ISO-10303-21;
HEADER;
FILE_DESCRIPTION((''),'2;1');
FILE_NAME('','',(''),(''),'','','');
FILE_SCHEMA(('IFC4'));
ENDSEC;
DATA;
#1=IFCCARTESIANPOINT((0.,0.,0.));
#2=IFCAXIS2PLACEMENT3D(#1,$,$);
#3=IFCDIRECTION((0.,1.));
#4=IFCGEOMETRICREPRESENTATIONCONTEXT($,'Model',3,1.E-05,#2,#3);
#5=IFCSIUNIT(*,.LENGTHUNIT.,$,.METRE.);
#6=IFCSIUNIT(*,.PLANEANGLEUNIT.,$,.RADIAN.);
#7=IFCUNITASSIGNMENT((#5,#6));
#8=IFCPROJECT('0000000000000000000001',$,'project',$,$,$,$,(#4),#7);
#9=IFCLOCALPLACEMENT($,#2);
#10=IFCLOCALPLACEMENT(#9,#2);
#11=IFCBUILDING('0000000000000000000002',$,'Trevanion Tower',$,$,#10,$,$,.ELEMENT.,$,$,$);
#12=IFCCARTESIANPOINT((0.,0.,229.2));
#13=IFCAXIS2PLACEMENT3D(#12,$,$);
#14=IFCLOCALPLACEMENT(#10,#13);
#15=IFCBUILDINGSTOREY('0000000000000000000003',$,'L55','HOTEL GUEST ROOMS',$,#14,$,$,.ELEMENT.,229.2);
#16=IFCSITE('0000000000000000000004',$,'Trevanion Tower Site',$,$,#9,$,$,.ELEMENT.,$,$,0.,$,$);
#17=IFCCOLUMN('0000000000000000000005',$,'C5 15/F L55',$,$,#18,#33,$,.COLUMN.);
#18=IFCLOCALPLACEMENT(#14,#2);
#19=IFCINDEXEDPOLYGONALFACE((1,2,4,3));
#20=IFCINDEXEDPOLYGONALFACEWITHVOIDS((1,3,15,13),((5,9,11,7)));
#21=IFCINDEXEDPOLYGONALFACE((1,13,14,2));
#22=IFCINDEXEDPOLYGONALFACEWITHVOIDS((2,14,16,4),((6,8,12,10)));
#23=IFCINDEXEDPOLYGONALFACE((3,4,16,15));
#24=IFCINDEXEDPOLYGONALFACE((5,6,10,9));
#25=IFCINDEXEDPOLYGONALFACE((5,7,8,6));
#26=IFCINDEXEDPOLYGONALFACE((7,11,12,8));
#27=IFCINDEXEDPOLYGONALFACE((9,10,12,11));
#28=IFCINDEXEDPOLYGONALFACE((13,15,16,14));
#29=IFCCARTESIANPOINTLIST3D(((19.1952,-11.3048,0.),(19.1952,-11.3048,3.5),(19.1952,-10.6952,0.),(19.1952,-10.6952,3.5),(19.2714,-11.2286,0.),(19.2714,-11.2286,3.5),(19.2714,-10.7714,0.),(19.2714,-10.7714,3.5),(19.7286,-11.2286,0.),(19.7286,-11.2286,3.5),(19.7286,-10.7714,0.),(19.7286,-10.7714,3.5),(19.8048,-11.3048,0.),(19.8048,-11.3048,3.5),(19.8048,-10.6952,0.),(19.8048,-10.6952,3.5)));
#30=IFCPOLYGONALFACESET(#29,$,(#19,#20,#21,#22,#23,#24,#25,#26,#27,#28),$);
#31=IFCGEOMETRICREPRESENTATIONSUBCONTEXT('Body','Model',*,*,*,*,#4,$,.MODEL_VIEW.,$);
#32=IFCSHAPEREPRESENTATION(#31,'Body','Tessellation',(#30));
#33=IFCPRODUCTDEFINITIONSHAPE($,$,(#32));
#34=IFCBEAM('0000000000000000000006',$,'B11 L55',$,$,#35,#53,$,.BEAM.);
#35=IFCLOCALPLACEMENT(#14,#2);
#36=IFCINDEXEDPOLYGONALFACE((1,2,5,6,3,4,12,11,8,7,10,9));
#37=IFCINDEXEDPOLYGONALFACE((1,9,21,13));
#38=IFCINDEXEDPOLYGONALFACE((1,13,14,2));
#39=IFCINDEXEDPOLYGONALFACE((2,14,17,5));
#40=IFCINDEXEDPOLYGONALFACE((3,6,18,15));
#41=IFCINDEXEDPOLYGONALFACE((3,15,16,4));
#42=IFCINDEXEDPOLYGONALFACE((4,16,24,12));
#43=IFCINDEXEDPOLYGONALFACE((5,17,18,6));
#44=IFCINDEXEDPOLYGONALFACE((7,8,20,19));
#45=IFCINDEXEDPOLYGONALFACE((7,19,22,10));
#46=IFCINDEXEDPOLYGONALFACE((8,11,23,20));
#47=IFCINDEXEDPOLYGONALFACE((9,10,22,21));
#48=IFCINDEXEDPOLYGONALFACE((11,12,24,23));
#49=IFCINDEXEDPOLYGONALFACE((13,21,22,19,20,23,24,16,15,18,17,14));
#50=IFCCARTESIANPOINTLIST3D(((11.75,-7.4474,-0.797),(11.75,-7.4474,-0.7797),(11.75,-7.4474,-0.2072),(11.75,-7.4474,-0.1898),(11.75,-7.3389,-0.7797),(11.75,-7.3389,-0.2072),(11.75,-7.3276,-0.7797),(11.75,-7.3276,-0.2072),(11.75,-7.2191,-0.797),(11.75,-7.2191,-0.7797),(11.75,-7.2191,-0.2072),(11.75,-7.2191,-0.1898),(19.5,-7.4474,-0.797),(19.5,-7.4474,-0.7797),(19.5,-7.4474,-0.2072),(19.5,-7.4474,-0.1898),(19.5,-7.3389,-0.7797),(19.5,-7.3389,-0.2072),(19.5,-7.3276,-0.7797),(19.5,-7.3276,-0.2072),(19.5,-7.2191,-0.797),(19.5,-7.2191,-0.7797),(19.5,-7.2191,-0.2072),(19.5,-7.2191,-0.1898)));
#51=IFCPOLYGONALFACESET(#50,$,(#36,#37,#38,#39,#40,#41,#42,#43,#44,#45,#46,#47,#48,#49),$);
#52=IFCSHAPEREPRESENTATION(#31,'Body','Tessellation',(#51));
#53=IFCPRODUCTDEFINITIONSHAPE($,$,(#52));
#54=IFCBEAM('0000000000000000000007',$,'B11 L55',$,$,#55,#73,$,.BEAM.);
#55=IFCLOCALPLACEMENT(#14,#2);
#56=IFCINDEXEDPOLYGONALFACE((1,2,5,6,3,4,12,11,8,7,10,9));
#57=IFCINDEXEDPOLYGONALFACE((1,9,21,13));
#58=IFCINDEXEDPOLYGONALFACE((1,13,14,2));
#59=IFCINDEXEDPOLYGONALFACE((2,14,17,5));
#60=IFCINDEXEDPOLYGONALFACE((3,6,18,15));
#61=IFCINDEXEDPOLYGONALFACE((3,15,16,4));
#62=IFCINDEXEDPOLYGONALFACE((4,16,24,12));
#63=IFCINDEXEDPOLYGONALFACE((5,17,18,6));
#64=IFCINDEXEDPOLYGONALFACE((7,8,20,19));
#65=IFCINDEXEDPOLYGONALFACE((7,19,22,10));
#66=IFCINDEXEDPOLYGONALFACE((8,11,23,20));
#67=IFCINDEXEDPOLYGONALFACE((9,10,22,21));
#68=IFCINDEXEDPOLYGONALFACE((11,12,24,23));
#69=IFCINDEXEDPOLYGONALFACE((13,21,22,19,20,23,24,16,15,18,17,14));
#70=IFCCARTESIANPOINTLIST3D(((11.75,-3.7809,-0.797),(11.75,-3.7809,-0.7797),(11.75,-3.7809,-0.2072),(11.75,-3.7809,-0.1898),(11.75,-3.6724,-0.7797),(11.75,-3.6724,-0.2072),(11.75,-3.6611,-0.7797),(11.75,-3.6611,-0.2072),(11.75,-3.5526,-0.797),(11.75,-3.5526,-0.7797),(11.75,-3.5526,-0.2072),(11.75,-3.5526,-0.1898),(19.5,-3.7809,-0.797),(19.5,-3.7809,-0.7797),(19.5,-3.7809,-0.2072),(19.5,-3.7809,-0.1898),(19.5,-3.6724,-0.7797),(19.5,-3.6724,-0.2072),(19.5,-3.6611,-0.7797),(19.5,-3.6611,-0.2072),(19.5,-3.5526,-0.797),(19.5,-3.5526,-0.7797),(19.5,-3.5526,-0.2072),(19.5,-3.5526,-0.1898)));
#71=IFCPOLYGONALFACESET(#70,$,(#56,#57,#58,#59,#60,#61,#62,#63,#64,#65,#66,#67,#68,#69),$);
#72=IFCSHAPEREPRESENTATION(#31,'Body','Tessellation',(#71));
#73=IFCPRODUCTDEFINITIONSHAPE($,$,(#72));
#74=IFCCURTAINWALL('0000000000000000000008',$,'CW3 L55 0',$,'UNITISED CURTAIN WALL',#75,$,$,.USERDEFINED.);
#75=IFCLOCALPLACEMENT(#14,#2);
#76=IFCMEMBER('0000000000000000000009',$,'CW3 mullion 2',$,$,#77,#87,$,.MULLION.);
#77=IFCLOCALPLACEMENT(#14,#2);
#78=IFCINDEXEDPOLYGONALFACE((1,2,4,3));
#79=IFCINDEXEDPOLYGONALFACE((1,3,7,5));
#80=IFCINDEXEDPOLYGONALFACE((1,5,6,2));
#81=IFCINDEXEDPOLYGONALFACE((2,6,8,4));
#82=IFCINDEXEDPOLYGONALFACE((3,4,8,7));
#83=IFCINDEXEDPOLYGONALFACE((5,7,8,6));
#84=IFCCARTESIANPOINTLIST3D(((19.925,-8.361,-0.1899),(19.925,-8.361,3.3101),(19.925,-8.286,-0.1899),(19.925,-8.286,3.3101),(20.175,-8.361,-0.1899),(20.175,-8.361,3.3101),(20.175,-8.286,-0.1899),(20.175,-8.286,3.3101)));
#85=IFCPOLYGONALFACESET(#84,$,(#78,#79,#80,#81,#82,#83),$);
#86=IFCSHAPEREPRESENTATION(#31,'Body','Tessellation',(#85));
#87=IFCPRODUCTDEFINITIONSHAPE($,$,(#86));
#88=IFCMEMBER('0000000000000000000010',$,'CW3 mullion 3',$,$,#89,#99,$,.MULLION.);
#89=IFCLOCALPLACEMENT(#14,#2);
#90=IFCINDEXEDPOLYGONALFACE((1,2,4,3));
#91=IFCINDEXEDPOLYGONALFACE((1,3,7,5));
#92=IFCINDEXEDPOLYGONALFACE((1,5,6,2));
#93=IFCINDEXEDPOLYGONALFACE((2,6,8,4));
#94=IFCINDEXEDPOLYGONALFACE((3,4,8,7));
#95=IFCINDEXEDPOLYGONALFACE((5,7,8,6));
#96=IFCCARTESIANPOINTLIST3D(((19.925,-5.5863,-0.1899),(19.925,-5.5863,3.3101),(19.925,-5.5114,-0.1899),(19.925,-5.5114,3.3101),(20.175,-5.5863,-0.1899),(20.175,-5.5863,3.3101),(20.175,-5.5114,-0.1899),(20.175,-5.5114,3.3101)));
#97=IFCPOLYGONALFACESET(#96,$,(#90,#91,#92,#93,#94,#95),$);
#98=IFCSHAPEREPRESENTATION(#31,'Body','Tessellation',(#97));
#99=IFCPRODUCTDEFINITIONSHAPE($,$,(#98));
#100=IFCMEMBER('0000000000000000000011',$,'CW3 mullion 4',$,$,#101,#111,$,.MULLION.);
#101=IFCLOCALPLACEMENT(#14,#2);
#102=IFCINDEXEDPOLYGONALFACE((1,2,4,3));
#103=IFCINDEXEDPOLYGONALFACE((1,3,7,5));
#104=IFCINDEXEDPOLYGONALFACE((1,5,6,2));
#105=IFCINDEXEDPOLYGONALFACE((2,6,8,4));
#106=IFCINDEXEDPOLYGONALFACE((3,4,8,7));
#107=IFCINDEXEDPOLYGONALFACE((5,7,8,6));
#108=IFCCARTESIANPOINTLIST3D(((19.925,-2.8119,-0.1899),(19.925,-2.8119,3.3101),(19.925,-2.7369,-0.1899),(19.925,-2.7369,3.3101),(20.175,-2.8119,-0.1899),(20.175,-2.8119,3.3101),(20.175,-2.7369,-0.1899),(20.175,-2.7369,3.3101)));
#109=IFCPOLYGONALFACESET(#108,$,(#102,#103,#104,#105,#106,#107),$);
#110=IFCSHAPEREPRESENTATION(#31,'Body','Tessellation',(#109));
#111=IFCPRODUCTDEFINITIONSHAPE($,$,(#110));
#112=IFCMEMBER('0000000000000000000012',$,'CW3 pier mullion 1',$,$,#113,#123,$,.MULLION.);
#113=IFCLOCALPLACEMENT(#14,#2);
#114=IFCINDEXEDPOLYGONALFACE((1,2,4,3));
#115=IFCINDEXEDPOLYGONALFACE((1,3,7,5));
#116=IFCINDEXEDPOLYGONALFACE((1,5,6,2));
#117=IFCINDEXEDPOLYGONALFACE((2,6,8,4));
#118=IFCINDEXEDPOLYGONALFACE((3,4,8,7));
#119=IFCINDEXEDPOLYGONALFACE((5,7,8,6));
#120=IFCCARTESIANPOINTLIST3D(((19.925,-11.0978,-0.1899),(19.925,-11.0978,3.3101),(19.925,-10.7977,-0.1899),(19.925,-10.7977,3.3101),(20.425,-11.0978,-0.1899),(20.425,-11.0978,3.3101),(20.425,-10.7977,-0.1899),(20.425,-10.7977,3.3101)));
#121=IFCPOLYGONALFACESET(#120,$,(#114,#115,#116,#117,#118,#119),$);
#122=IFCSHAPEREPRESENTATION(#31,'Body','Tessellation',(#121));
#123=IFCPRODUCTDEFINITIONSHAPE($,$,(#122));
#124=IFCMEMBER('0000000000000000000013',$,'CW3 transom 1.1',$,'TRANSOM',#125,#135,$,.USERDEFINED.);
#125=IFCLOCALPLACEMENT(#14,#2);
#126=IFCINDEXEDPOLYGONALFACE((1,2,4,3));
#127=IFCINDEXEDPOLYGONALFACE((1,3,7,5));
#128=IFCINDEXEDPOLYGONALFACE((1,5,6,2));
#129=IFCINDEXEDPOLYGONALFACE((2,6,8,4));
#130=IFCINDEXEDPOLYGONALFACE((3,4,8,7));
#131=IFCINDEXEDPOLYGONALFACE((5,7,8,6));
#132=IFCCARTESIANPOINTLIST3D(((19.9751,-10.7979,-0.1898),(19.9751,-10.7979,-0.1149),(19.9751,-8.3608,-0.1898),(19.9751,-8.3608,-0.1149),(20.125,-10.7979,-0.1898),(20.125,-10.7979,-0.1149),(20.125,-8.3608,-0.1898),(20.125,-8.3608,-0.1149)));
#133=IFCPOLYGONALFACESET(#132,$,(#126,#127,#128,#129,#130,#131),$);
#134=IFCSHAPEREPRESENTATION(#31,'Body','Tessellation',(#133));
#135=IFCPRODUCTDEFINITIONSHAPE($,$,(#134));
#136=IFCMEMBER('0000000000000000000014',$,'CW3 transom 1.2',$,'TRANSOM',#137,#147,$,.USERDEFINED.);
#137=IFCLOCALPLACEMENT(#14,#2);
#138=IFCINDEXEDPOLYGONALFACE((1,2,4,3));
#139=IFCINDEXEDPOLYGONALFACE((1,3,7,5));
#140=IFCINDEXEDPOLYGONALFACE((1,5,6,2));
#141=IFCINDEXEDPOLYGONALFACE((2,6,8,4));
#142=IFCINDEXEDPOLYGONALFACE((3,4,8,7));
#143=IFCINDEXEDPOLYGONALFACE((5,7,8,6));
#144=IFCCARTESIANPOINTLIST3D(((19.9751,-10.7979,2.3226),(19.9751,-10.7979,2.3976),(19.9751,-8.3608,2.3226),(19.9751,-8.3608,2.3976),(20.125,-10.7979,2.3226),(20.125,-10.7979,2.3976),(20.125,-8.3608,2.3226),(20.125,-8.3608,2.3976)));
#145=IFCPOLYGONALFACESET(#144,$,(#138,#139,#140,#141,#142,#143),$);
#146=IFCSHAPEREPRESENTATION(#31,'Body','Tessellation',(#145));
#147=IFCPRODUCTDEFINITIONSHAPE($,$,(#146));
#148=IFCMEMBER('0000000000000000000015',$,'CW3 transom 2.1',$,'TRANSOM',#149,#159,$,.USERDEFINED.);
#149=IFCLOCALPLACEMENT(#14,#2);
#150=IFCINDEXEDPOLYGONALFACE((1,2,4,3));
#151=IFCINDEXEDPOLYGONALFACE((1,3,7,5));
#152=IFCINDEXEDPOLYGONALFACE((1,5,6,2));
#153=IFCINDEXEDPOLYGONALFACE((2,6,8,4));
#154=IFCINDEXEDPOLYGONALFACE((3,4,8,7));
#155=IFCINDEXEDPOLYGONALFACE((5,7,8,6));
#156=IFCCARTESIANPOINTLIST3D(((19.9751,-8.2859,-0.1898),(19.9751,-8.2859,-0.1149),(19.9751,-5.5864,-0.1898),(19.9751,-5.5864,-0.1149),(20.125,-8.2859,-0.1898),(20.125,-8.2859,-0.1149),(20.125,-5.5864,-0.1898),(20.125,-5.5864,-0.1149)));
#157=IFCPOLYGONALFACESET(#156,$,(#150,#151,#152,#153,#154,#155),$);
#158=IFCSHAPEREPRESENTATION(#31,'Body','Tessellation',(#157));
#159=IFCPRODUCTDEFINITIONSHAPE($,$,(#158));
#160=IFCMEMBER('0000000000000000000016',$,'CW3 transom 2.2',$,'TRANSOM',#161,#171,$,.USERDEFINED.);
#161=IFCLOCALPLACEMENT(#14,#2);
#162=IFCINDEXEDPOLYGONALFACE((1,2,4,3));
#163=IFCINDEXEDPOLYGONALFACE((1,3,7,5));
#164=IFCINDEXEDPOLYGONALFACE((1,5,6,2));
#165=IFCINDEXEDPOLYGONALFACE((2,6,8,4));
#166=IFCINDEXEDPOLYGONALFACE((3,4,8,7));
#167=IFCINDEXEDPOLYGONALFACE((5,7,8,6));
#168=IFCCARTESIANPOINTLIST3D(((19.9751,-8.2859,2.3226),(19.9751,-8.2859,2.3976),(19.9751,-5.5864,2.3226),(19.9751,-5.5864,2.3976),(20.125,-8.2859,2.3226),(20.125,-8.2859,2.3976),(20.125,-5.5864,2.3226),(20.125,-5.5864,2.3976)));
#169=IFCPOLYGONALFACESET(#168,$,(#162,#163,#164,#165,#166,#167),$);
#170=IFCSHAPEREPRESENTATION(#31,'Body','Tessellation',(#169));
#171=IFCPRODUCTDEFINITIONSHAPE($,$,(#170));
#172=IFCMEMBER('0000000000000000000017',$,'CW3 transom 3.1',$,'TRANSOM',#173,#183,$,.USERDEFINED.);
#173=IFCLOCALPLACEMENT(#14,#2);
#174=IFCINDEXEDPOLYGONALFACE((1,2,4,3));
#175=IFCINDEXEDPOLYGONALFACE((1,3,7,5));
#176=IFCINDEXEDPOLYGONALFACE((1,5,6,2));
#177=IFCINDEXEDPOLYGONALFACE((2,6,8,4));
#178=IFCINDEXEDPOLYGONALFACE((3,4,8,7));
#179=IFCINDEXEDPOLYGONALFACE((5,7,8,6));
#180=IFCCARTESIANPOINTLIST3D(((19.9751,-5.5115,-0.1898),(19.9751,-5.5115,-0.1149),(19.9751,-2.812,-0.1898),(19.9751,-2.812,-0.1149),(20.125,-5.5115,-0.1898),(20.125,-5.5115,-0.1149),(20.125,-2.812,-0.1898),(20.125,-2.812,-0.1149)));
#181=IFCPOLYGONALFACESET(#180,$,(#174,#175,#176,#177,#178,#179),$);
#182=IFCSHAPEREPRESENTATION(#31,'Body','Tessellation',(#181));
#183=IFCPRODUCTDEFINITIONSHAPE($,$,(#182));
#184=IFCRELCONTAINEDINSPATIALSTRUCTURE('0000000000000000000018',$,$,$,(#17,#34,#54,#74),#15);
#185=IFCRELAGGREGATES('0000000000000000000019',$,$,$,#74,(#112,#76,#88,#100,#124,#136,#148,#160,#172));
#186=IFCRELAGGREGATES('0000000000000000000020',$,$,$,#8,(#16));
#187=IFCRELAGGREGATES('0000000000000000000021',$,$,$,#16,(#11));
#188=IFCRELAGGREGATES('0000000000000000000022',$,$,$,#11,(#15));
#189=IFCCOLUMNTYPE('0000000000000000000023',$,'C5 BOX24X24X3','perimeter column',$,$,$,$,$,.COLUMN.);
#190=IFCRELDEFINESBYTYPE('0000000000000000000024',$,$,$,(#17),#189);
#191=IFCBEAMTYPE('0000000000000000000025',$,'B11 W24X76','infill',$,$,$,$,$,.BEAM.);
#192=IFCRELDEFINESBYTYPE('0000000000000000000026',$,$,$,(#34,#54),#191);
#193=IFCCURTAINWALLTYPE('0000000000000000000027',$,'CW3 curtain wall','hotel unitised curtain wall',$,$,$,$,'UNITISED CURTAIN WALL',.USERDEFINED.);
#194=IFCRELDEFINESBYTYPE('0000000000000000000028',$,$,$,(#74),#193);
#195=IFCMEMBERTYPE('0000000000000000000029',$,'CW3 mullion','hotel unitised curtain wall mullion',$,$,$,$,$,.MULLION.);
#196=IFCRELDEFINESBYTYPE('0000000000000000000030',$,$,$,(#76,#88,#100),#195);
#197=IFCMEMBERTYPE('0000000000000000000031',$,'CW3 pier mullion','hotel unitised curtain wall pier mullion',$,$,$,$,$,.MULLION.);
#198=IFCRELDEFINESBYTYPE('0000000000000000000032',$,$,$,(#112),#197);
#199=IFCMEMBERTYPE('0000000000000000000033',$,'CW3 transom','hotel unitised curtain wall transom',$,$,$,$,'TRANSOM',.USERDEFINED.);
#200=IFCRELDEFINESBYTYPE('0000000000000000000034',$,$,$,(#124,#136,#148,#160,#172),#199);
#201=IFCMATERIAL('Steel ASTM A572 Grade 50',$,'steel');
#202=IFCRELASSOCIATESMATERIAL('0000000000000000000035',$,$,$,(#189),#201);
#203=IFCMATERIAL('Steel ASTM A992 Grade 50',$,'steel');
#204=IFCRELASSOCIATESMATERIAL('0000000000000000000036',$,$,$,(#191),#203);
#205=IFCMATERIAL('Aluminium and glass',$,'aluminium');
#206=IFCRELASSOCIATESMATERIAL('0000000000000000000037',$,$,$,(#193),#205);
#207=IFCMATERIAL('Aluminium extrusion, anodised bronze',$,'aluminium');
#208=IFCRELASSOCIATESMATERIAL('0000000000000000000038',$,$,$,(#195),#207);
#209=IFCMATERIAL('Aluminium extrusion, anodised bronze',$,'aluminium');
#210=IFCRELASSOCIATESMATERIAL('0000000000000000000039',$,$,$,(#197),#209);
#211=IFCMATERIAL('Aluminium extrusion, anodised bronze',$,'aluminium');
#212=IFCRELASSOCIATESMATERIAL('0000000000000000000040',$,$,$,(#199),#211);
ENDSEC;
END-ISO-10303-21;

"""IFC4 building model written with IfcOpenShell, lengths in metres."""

from ifc_helpers import new_model, si_unit, direction, frame, origin, origin_2d, place, context, subcontext, project, spatial, rectangle, hollow_rectangle, i_section, extrude, material, material_profile, profile_set, type_object, element, aggregate, save


model = new_model("IFC4")

# Units and contexts
model_context = context("Model", 3, precision=1e-05, world=origin(), true_north=direction((0.0, 1.0)))
body_context = subcontext(model_context, "Body", "Model", "MODEL_VIEW")
ifc_project = project(units=[si_unit("LENGTHUNIT", "METRE"), si_unit("PLANEANGLEUNIT", "RADIAN")], contexts=[model_context])

# Site, building, storey
site_placement = place(None, origin())
site = spatial("IfcSite", under=ifc_project, at=site_placement, Name="Trevanion Tower Site", CompositionType="ELEMENT", RefElevation=0.0)
building_placement = place(site_placement, origin())
building = spatial("IfcBuilding", under=site, at=building_placement, Name="Trevanion Tower", CompositionType="ELEMENT")
storey_placement = place(building_placement, frame((0.0, 0.0, 229.2)))
storey = spatial("IfcBuildingStorey", under=building, at=storey_placement, Name="L55", Description="HOTEL GUEST ROOMS", CompositionType="ELEMENT", Elevation=229.2)

# Column
ifc_material_1 = material(Name="Steel ASTM A572 Grade 50", Category="steel")
ifc_material_profile_1 = material_profile(ifc_material_1, hollow_rectangle(XDim=0.6096, YDim=0.6096, WallThickness=0.0762, at=origin_2d()), Name="BOX24X24X3")
ifc_profile_set_1 = profile_set([ifc_material_profile_1], Name="Steel ASTM A572 Grade 50")
column_type = type_object("IfcColumnType", Name="C5 BOX24X24X3", Description="perimeter column", PredefinedType="COLUMN", material=ifc_profile_set_1)
column_placement = place(storey_placement, frame((19.5, -11.0, 0.0), z_axis=(0.0, 0.0, 1.0), x_axis=(0.0, 1.0, 0.0)))
element("IfcColumn", 1, at=column_placement, inside=storey, type_object=column_type, Name="C5 15/F L55", PredefinedType="COLUMN", context=body_context, shape_type="SweptSolid", body=[
    extrude(hollow_rectangle(XDim=0.6096, YDim=0.6096, WallThickness=0.0762, at=origin_2d()), origin(), (0.0, 0.0, 1.0), 3.5),
])

# Beams
ifc_material_2 = material(Name="Steel ASTM A992 Grade 50", Category="steel")
ifc_material_profile_2 = material_profile(ifc_material_2, i_section(OverallWidth=0.2283, OverallDepth=0.6072, WebThickness=0.0112, FlangeThickness=0.0173, at=origin_2d()), Name="W24X76")
ifc_profile_set_2 = profile_set([ifc_material_profile_2], Name="Steel ASTM A992 Grade 50")
beam_type_1 = type_object("IfcBeamType", Name="B11 W24X76", Description="infill", PredefinedType="BEAM", material=ifc_profile_set_2)
for number, where, z_axis, x_axis, name in (
    (2, (11.75, -7.3333, -0.4934), (1.0, 0.0, 0.0), (0.0, 1.0, 0.0), "B11 L55"),
    (3, (11.75, -3.6667, -0.4934), (1.0, 0.0, 0.0), (0.0, 1.0, 0.0), "B11 L55"),
):
    element("IfcBeam", number, at=place(storey_placement, frame(where, z_axis=z_axis, x_axis=x_axis)), inside=storey, type_object=beam_type_1, Name=name, PredefinedType="BEAM", context=body_context, shape_type="SweptSolid", body=[
        extrude(i_section(OverallWidth=0.2283, OverallDepth=0.6072, WebThickness=0.0112, FlangeThickness=0.0173, at=origin_2d()), origin(), (0.0, 0.0, 1.0), 7.75),
    ])

# Curtain wall, members
ifc_material_3 = material(Name="Aluminium and glass", Category="aluminium")
curtain_wall_type = type_object("IfcCurtainWallType", Name="CW3 curtain wall", Description="hotel unitised curtain wall", ElementType="UNITISED CURTAIN WALL", PredefinedType="USERDEFINED", material=ifc_material_3)
curtain_wall_placement = place(storey_placement, origin())
curtain_wall = element("IfcCurtainWall", 4, at=curtain_wall_placement, inside=storey, type_object=curtain_wall_type, Name="CW3 L55 0", ObjectType="UNITISED CURTAIN WALL", PredefinedType="USERDEFINED")
ifc_material_4 = material(Name="Aluminium extrusion, anodised bronze", Category="aluminium")
ifc_material_profile_3 = material_profile(ifc_material_4, rectangle(XDim=0.075, YDim=0.25, at=origin_2d()), Name="CW3 mullion")
ifc_profile_set_3 = profile_set([ifc_material_profile_3], Name="Aluminium extrusion, anodised bronze")
member_type_1 = type_object("IfcMemberType", Name="CW3 mullion", Description="hotel unitised curtain wall mullion", PredefinedType="MULLION", material=ifc_profile_set_3)
member_1_placement = place(storey_placement, frame((20.05, -8.3235, -0.1899), z_axis=(0.0, 0.0, 1.0), x_axis=(0.0, 1.0, 0.0)))
member_1 = element("IfcMember", 5, at=member_1_placement, type_object=member_type_1, Name="CW3 mullion 2", PredefinedType="MULLION", context=body_context, shape_type="SweptSolid", body=[
    extrude(rectangle(XDim=0.075, YDim=0.25, at=origin_2d()), origin(), (0.0, 0.0, 1.0), 3.5),
])
member_2_placement = place(storey_placement, frame((20.05, -5.5488, -0.1899), z_axis=(0.0, 0.0, 1.0), x_axis=(0.0, 1.0, 0.0)))
member_2 = element("IfcMember", 6, at=member_2_placement, type_object=member_type_1, Name="CW3 mullion 3", PredefinedType="MULLION", context=body_context, shape_type="SweptSolid", body=[
    extrude(rectangle(XDim=0.075, YDim=0.25, at=origin_2d()), origin(), (0.0, 0.0, 1.0), 3.5),
])
member_3_placement = place(storey_placement, frame((20.05, -2.7744, -0.1899), z_axis=(0.0, 0.0, 1.0), x_axis=(0.0, 1.0, 0.0)))
member_3 = element("IfcMember", 7, at=member_3_placement, type_object=member_type_1, Name="CW3 mullion 4", PredefinedType="MULLION", context=body_context, shape_type="SweptSolid", body=[
    extrude(rectangle(XDim=0.075, YDim=0.25, at=origin_2d()), origin(), (0.0, 0.0, 1.0), 3.5),
])
ifc_material_5 = material(Name="Aluminium extrusion, anodised bronze", Category="aluminium")
ifc_material_profile_4 = material_profile(ifc_material_5, rectangle(XDim=0.3, YDim=0.5, at=origin_2d()), Name="CW3 pier mullion")
ifc_profile_set_4 = profile_set([ifc_material_profile_4], Name="Aluminium extrusion, anodised bronze")
member_type_2 = type_object("IfcMemberType", Name="CW3 pier mullion", Description="hotel unitised curtain wall pier mullion", PredefinedType="MULLION", material=ifc_profile_set_4)
member_4_placement = place(storey_placement, frame((20.175, -10.9478, -0.1899), z_axis=(0.0, 0.0, 1.0), x_axis=(0.0, 1.0, 0.0)))
member_4 = element("IfcMember", 8, at=member_4_placement, type_object=member_type_2, Name="CW3 pier mullion 1", PredefinedType="MULLION", context=body_context, shape_type="SweptSolid", body=[
    extrude(rectangle(XDim=0.3, YDim=0.5, at=origin_2d()), origin(), (0.0, 0.0, 1.0), 3.5),
])
ifc_material_6 = material(Name="Aluminium extrusion, anodised bronze", Category="aluminium")
ifc_material_profile_5 = material_profile(ifc_material_6, rectangle(XDim=0.1499, YDim=0.075, at=origin_2d()), Name="CW3 transom")
ifc_profile_set_5 = profile_set([ifc_material_profile_5], Name="Aluminium extrusion, anodised bronze")
member_type_3 = type_object("IfcMemberType", Name="CW3 transom", Description="hotel unitised curtain wall transom", ElementType="TRANSOM", PredefinedType="USERDEFINED", material=ifc_profile_set_5)
member_5_placement = place(storey_placement, frame((20.05, -10.7979, -0.1523), z_axis=(0.0, 1.0, 0.0), x_axis=(-1.0, 0.0, 0.0)))
member_5 = element("IfcMember", 9, at=member_5_placement, type_object=member_type_3, Name="CW3 transom 1.1", ObjectType="TRANSOM", PredefinedType="USERDEFINED", context=body_context, shape_type="SweptSolid", body=[
    extrude(rectangle(XDim=0.1499, YDim=0.075, at=origin_2d()), origin(), (0.0, 0.0, 1.0), 2.437),
])
member_6_placement = place(storey_placement, frame((20.05, -10.7979, 2.3601), z_axis=(0.0, 1.0, 0.0), x_axis=(-1.0, 0.0, 0.0)))
member_6 = element("IfcMember", 10, at=member_6_placement, type_object=member_type_3, Name="CW3 transom 1.2", ObjectType="TRANSOM", PredefinedType="USERDEFINED", context=body_context, shape_type="SweptSolid", body=[
    extrude(rectangle(XDim=0.1499, YDim=0.075, at=origin_2d()), origin(), (0.0, 0.0, 1.0), 2.437),
])
member_7_placement = place(storey_placement, frame((20.05, -8.2859, -0.1523), z_axis=(0.0, 1.0, 0.0), x_axis=(-1.0, 0.0, 0.0)))
member_7 = element("IfcMember", 11, at=member_7_placement, type_object=member_type_3, Name="CW3 transom 2.1", ObjectType="TRANSOM", PredefinedType="USERDEFINED", context=body_context, shape_type="SweptSolid", body=[
    extrude(rectangle(XDim=0.1499, YDim=0.075, at=origin_2d()), origin(), (0.0, 0.0, 1.0), 2.6995),
])
member_8_placement = place(storey_placement, frame((20.05, -8.2859, 2.3601), z_axis=(0.0, 1.0, 0.0), x_axis=(-1.0, 0.0, 0.0)))
member_8 = element("IfcMember", 12, at=member_8_placement, type_object=member_type_3, Name="CW3 transom 2.2", ObjectType="TRANSOM", PredefinedType="USERDEFINED", context=body_context, shape_type="SweptSolid", body=[
    extrude(rectangle(XDim=0.1499, YDim=0.075, at=origin_2d()), origin(), (0.0, 0.0, 1.0), 2.6995),
])
member_9_placement = place(storey_placement, frame((20.05, -5.5115, -0.1523), z_axis=(0.0, 1.0, 0.0), x_axis=(-1.0, 0.0, 0.0)))
member_9 = element("IfcMember", 13, at=member_9_placement, type_object=member_type_3, Name="CW3 transom 3.1", ObjectType="TRANSOM", PredefinedType="USERDEFINED", context=body_context, shape_type="SweptSolid", body=[
    extrude(rectangle(XDim=0.1499, YDim=0.075, at=origin_2d()), origin(), (0.0, 0.0, 1.0), 2.6995),
])

aggregate(curtain_wall, [member_4, member_1, member_2, member_3, member_5, member_6, member_7, member_8, member_9])

save(model, "model.ifc")
